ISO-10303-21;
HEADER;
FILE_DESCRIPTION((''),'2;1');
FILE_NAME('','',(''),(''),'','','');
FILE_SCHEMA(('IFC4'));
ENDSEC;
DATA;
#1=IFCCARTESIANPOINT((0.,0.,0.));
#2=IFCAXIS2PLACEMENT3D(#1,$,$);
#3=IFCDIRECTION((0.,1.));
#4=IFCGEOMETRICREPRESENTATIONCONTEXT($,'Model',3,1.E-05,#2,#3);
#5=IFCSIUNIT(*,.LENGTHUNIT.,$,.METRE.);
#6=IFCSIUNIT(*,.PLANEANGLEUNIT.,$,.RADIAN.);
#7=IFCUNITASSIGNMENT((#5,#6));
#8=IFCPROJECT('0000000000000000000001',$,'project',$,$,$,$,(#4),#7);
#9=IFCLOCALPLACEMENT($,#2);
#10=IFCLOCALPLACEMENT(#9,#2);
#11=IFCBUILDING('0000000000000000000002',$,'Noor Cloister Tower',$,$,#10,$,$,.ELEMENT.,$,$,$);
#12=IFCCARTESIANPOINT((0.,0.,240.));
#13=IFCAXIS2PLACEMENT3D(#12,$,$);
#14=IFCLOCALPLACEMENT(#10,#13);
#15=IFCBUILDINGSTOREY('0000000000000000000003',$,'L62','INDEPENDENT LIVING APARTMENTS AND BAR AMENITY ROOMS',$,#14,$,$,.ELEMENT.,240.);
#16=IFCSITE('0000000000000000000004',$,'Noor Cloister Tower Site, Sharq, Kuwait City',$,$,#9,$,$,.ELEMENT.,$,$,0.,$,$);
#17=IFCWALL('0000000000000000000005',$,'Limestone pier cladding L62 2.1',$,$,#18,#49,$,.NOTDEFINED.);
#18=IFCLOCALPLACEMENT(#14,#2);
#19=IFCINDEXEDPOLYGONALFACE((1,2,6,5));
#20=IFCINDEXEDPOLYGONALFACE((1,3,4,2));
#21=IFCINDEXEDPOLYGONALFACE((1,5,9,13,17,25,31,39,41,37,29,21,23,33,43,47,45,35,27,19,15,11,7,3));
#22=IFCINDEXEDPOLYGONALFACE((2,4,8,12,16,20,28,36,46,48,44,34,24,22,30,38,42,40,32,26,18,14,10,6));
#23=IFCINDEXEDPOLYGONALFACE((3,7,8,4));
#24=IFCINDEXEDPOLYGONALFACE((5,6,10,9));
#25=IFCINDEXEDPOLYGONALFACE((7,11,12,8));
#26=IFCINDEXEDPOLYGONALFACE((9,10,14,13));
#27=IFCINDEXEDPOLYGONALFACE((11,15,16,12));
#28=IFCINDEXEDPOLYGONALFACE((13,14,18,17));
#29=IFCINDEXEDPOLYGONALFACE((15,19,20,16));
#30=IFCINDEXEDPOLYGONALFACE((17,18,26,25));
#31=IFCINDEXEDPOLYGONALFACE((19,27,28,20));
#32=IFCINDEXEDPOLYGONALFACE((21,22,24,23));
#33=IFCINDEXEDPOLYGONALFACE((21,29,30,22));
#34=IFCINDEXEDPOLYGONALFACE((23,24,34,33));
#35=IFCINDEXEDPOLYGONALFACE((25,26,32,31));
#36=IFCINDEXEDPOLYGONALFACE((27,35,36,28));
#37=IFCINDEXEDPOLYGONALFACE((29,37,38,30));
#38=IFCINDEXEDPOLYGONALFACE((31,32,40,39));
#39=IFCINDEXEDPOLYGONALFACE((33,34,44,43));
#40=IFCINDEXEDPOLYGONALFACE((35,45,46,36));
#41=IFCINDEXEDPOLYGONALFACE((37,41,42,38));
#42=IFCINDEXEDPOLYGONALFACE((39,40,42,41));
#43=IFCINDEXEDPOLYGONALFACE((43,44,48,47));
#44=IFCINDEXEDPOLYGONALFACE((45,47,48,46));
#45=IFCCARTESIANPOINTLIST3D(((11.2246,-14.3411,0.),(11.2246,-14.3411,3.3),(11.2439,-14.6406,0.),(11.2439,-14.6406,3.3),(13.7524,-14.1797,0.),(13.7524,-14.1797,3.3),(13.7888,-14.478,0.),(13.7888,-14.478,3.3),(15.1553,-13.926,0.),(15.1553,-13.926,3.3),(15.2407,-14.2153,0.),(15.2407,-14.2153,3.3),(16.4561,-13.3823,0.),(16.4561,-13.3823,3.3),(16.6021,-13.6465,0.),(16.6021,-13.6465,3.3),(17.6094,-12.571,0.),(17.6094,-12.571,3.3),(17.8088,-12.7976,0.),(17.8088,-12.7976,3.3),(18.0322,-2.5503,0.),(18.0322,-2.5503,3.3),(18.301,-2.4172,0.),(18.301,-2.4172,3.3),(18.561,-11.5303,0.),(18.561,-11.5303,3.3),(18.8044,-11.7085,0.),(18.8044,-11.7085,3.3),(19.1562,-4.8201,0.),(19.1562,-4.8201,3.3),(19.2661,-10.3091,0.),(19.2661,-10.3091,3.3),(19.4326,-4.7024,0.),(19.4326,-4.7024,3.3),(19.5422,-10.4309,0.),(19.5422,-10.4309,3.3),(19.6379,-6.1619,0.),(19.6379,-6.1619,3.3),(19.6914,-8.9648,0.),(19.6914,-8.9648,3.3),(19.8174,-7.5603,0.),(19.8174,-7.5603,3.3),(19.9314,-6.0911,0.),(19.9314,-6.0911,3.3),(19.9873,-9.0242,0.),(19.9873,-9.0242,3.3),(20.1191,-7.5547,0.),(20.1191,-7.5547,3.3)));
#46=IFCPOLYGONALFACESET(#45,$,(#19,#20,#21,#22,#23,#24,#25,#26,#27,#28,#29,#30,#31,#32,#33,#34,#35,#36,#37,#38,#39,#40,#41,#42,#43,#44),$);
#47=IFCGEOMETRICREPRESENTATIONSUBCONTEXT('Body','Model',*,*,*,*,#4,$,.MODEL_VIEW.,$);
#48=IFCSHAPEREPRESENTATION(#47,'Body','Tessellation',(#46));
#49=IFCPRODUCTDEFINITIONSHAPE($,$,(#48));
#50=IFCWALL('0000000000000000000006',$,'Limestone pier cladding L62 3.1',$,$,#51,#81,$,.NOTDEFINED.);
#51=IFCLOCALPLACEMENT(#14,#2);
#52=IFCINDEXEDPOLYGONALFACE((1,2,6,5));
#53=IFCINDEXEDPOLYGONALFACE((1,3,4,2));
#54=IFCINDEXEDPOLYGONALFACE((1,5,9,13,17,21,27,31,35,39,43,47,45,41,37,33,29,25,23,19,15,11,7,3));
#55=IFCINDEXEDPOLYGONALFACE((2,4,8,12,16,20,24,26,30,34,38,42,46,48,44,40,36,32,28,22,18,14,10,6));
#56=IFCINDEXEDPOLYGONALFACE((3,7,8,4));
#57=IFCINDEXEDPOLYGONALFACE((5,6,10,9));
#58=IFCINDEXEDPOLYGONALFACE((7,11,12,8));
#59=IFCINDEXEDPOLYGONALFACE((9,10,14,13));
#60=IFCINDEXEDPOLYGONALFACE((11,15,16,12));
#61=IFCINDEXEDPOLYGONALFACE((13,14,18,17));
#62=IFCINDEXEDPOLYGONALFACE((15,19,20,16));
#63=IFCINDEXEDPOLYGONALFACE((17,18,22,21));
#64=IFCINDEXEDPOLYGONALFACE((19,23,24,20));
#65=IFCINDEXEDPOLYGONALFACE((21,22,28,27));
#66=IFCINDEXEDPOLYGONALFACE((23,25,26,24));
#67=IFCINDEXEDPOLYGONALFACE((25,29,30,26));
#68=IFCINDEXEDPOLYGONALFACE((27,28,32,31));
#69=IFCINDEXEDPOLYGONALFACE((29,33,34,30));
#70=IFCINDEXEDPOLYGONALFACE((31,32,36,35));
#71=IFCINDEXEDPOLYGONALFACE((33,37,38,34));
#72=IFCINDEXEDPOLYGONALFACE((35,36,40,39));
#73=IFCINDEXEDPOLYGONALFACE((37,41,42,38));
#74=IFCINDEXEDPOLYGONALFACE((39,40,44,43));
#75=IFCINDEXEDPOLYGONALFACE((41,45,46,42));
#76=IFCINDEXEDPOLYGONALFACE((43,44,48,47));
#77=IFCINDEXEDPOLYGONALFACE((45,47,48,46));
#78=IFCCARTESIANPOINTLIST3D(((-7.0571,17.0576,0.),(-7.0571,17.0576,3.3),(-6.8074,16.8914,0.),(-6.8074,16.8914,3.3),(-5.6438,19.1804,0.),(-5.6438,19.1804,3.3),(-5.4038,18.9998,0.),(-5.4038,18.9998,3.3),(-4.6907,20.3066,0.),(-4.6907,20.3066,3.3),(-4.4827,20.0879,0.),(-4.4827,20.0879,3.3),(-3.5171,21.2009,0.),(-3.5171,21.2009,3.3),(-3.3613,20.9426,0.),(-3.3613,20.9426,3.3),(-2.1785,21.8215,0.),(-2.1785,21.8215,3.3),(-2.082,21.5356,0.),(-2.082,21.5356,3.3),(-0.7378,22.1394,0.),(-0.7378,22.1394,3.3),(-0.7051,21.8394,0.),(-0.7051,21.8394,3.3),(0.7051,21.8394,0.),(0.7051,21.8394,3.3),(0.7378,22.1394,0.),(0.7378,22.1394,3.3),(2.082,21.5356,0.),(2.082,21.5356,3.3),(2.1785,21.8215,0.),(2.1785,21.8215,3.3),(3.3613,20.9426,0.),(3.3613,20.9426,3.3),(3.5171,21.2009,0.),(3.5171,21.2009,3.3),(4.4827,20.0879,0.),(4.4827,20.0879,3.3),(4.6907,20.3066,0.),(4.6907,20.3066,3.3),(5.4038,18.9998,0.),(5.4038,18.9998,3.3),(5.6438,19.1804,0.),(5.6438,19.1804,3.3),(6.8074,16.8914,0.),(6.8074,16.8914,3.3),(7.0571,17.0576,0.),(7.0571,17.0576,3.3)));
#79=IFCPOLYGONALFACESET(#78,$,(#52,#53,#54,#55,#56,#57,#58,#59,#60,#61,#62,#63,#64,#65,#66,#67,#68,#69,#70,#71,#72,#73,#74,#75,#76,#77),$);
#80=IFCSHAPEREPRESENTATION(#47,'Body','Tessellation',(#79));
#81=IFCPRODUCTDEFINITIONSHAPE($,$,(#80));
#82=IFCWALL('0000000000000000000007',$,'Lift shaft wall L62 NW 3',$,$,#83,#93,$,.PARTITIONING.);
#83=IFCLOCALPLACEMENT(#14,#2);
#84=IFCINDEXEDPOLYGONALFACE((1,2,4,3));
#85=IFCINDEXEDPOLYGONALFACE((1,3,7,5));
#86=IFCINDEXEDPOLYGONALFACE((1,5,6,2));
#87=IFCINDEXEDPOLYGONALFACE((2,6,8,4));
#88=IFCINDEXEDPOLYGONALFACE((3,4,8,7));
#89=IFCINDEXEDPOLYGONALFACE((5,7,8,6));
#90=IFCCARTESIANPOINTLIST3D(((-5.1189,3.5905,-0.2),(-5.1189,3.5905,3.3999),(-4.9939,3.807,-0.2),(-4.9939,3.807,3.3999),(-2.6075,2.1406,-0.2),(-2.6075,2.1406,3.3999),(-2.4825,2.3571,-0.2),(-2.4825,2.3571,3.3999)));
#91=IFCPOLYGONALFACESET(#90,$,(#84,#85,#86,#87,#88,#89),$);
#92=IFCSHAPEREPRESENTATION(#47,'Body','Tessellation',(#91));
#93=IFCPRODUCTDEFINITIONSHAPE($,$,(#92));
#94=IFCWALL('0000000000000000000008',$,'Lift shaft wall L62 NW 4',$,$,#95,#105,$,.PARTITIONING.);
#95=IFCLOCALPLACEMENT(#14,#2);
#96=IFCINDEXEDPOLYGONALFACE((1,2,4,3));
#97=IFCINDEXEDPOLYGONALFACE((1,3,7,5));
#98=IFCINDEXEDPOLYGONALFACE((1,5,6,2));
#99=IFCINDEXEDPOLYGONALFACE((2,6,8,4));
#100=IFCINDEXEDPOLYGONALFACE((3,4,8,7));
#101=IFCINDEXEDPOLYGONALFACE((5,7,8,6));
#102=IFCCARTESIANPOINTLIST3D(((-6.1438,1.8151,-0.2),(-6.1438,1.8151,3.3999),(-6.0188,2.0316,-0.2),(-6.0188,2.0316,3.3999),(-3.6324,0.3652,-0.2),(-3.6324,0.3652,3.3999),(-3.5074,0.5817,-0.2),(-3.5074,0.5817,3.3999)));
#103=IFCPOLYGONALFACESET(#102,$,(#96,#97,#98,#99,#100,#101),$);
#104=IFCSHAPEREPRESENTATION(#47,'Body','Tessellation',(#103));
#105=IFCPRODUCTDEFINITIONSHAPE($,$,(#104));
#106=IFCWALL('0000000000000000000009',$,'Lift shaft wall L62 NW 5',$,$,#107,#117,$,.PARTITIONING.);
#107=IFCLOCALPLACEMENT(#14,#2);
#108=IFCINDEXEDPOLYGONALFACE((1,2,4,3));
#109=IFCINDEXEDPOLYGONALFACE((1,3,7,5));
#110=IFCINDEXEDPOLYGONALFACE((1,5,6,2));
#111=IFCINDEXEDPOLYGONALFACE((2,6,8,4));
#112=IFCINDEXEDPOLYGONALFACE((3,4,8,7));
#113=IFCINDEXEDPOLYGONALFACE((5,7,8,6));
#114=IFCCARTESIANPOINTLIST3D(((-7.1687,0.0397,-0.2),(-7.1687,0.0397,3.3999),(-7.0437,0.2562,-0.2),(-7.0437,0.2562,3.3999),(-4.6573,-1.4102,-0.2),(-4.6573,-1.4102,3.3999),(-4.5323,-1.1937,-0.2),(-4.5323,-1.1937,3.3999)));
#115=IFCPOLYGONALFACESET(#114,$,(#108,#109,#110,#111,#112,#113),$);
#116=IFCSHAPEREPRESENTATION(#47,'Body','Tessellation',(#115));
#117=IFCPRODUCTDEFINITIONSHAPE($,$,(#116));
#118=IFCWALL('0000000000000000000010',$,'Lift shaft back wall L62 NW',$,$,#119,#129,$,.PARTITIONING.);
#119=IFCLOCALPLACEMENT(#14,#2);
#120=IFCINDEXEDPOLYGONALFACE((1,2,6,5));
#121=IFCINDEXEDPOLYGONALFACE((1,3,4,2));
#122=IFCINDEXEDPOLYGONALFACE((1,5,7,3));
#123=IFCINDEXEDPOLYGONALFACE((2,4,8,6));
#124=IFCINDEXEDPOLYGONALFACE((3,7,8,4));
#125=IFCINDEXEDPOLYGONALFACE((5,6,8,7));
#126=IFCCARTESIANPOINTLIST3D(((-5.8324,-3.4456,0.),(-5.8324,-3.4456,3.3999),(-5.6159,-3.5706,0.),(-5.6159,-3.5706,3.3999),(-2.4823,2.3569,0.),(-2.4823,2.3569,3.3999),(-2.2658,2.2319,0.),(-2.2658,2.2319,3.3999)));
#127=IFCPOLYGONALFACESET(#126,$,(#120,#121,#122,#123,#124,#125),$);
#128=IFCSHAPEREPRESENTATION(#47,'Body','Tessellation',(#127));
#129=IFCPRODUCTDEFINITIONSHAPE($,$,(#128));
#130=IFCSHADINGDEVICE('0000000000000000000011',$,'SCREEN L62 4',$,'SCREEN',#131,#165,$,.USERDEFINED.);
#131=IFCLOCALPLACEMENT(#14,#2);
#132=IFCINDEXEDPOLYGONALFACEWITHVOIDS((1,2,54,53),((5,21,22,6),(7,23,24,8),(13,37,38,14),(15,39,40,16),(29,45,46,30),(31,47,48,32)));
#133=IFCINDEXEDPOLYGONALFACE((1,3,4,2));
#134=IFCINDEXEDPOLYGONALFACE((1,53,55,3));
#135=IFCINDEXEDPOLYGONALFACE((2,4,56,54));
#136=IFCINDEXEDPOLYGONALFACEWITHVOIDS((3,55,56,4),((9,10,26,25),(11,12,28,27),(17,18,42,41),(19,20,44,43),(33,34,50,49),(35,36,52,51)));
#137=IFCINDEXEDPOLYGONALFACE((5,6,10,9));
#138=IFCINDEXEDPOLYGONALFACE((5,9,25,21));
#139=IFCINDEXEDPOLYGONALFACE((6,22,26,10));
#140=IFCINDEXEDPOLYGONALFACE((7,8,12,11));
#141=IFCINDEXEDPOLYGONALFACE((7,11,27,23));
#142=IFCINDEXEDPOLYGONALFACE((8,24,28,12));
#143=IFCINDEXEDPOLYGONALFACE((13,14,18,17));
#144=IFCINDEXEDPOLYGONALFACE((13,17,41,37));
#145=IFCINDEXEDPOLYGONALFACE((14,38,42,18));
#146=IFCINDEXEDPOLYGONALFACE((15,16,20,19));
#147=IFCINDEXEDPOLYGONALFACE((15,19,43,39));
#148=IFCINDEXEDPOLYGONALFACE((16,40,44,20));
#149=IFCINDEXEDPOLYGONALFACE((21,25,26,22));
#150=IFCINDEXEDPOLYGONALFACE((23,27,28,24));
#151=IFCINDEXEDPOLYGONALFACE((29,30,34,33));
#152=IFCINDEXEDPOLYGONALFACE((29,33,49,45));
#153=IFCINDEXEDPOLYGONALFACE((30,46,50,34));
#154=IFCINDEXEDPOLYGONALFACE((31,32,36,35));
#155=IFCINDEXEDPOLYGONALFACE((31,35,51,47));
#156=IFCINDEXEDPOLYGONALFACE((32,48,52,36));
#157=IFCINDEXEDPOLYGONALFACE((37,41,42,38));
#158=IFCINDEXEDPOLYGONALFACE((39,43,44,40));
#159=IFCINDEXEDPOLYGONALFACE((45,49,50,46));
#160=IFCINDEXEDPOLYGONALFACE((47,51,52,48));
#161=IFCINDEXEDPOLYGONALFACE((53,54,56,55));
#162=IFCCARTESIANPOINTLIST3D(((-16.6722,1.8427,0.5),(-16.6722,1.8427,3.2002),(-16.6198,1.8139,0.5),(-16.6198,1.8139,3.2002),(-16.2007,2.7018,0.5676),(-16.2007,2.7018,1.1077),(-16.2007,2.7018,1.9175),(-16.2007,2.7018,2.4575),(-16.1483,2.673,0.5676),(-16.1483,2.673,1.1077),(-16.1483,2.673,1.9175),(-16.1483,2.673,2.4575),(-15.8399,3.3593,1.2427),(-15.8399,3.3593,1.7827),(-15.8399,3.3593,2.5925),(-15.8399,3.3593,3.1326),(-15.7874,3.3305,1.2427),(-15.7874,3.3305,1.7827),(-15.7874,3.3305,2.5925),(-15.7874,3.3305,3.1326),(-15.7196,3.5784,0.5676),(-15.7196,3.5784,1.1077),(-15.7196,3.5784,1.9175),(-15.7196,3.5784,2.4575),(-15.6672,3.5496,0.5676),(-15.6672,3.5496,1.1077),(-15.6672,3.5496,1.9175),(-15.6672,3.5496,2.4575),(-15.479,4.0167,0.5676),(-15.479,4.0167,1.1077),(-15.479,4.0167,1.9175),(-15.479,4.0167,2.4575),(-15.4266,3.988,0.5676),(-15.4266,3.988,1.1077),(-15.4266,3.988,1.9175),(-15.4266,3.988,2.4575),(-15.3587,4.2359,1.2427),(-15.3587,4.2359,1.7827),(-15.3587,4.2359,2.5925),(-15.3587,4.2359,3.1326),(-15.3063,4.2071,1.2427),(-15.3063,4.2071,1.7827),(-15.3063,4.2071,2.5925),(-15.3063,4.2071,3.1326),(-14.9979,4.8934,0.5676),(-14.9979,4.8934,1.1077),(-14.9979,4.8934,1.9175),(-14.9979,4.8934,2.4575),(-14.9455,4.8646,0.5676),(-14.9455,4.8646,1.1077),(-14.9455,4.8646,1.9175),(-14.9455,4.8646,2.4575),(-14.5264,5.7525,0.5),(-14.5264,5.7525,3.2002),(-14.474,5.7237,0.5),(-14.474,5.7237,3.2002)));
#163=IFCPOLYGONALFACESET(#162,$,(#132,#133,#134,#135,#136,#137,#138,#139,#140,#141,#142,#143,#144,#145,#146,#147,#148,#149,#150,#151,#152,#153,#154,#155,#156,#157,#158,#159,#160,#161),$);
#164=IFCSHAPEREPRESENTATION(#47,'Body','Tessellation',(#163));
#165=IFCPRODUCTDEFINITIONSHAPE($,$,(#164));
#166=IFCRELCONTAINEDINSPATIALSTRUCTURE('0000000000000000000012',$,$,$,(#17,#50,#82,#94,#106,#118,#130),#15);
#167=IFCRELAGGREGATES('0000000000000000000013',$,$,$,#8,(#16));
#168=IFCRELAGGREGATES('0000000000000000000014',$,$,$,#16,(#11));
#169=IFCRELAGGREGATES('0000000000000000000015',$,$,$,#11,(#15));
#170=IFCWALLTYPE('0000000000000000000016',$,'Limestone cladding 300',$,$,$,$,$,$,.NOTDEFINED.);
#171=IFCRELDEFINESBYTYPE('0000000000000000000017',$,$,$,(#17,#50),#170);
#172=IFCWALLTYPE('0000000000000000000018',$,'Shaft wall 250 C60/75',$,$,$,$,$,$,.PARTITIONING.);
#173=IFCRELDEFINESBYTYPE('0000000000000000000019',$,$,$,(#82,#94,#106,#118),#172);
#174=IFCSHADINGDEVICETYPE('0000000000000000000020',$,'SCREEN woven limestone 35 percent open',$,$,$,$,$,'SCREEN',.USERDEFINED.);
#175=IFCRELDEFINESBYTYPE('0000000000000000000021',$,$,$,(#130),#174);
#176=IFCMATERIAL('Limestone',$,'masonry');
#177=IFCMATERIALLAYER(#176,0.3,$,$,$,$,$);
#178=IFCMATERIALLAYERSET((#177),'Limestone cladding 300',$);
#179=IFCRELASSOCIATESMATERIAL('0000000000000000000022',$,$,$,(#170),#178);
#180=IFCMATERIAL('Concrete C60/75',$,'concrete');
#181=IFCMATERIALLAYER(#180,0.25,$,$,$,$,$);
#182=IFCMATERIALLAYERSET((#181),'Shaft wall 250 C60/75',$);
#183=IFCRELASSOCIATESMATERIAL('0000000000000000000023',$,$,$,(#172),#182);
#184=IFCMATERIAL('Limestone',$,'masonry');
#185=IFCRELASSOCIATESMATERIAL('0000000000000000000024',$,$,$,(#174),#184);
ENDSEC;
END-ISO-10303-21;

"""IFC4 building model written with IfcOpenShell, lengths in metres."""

from ifc_helpers import new_model, si_unit, direction, frame, frame_2d, origin, place, context, subcontext, project, spatial, polyline, rectangle, outline, extrude, material, layer, layer_set, material_profile, profile_set, type_object, element, save


model = new_model("IFC4")

# Units and contexts
model_context = context("Model", 3, precision=1e-05, world=origin(), true_north=direction((0.0, 1.0)))
body_context = subcontext(model_context, "Body", "Model", "MODEL_VIEW")
ifc_project = project(units=[si_unit("LENGTHUNIT", "METRE"), si_unit("PLANEANGLEUNIT", "RADIAN")], contexts=[model_context])

# Site, building, storey
site_placement = place(None, origin())
site = spatial("IfcSite", under=ifc_project, at=site_placement, Name="Noor Cloister Tower Site, Sharq, Kuwait City", CompositionType="ELEMENT", RefElevation=0.0)
building_placement = place(site_placement, origin())
building = spatial("IfcBuilding", under=site, at=building_placement, Name="Noor Cloister Tower", CompositionType="ELEMENT")
storey_placement = place(building_placement, frame((0.0, 0.0, 240.0)))
storey = spatial("IfcBuildingStorey", under=building, at=storey_placement, Name="L62", Description="INDEPENDENT LIVING APARTMENTS AND BAR AMENITY ROOMS", CompositionType="ELEMENT", Elevation=240.0)

# Walls
ifc_material_1 = material(Name="Limestone", Category="masonry")
ifc_layer_1 = layer(ifc_material_1, 0.3)
ifc_layer_set_1 = layer_set([ifc_layer_1], Name="Limestone cladding 300")
wall_type_1 = type_object("IfcWallType", Name="Limestone cladding 300", PredefinedType="NOTDEFINED", material=ifc_layer_set_1)
wall_1_placement = place(storey_placement, origin())
element("IfcWall", 1, at=wall_1_placement, inside=storey, type_object=wall_type_1, Name="Limestone pier cladding L62 2.1", PredefinedType="NOTDEFINED", context=body_context, shape_type="SweptSolid", body=[
    extrude(outline(polyline([(11.2439, -14.6406), (13.7888, -14.478), (15.2407, -14.2153), (16.6021, -13.6465), (17.8088, -12.7976), (18.8044, -11.7085), (19.5422, -10.4309), (19.9873, -9.0242), (20.1191, -7.5547), (19.9314, -6.0911), (19.4326, -4.7024), (18.301, -2.4172), (18.0322, -2.5503), (19.1562, -4.8201), (19.6379, -6.1619), (19.8174, -7.5603), (19.6914, -8.9648), (19.2661, -10.3091), (18.561, -11.5303), (17.6094, -12.571), (16.4561, -13.3823), (15.1553, -13.926), (13.7524, -14.1797), (11.2246, -14.3411), (11.2439, -14.6406)])), origin(), (0.0, 0.0, 1.0), 3.3),
])
wall_2_placement = place(storey_placement, origin())
element("IfcWall", 2, at=wall_2_placement, inside=storey, type_object=wall_type_1, Name="Limestone pier cladding L62 3.1", PredefinedType="NOTDEFINED", context=body_context, shape_type="SweptSolid", body=[
    extrude(outline(polyline([(7.0571, 17.0576), (5.6438, 19.1804), (4.6907, 20.3066), (3.5171, 21.2009), (2.1785, 21.8215), (0.7378, 22.1394), (-0.7378, 22.1394), (-2.1785, 21.8215), (-3.5171, 21.2009), (-4.6907, 20.3066), (-5.6438, 19.1804), (-7.0571, 17.0576), (-6.8074, 16.8914), (-5.4038, 18.9998), (-4.4827, 20.0879), (-3.3613, 20.9426), (-2.082, 21.5356), (-0.7051, 21.8394), (0.7051, 21.8394), (2.082, 21.5356), (3.3613, 20.9426), (4.4827, 20.0879), (5.4038, 18.9998), (6.8074, 16.8914), (7.0571, 17.0576)])), origin(), (0.0, 0.0, 1.0), 3.3),
])
ifc_material_2 = material(Name="Concrete C60/75", Category="concrete")
ifc_layer_2 = layer(ifc_material_2, 0.25)
ifc_layer_set_2 = layer_set([ifc_layer_2], Name="Shaft wall 250 C60/75")
wall_type_2 = type_object("IfcWallType", Name="Shaft wall 250 C60/75", PredefinedType="PARTITIONING", material=ifc_layer_set_2)
for number, where, z_axis, x_axis, name in (
    (3, (-5.0564, 3.6987, -0.2), (0.0, 0.0, 1.0), (0.866033, -0.499987, 0.0), "Lift shaft wall L62 NW 3"),
    (4, (-6.0813, 1.9233, -0.2), (0.0, 0.0, 1.0), (0.866033, -0.499987, 0.0), "Lift shaft wall L62 NW 4"),
    (5, (-7.1062, 0.1479, -0.2), (0.0, 0.0, 1.0), (0.866033, -0.499987, 0.0), "Lift shaft wall L62 NW 5"),
):
    element("IfcWall", number, at=place(storey_placement, frame(where, z_axis=z_axis, x_axis=x_axis)), inside=storey, type_object=wall_type_2, Name=name, PredefinedType="PARTITIONING", context=body_context, shape_type="SweptSolid", body=[
        extrude(rectangle(XDim=2.8999, YDim=0.25, at=frame_2d((1.45, 0.0))), origin(), (0.0, 0.0, 1.0), 3.5999),
    ])
wall_3_placement = place(storey_placement, frame((-2.374, 2.2944, 0.0), z_axis=(0.0, 0.0, 1.0), x_axis=(-0.500003, -0.866024, 0.0)))
element("IfcWall", 6, at=wall_3_placement, inside=storey, type_object=wall_type_2, Name="Lift shaft back wall L62 NW", PredefinedType="PARTITIONING", context=body_context, shape_type="SweptSolid", body=[
    extrude(rectangle(XDim=6.7002, YDim=0.25, at=frame_2d((3.3501, 0.0))), origin(), (0.0, 0.0, 1.0), 3.3999),
])

# Shading device
ifc_material_3 = material(Name="Limestone", Category="masonry")
ifc_material_profile_1 = material_profile(ifc_material_3, outline(polyline([(-2.23, -1.3501), (2.23, -1.3501), (2.23, 1.3501), (-2.23, 1.3501), (-2.23, -1.3501)]), holes=[polyline([(-1.25, -1.2825), (-0.25, -1.2825), (-0.25, -0.7424), (-1.25, -0.7424), (-1.25, -1.2825)]), polyline([(0.25, -1.2825), (1.25, -1.2825), (1.25, -0.7424), (0.25, -0.7424), (0.25, -1.2825)]), polyline([(-0.5, -0.6074), (0.5, -0.6074), (0.5, -0.0674), (-0.5, -0.0674), (-0.5, -0.6074)]), polyline([(-1.25, 0.0674), (-0.25, 0.0674), (-0.25, 0.6074), (-1.25, 0.6074), (-1.25, 0.0674)]), polyline([(0.25, 0.0674), (1.25, 0.0674), (1.25, 0.6074), (0.25, 0.6074), (0.25, 0.0674)]), polyline([(-0.5, 0.7424), (0.5, 0.7424), (0.5, 1.2825), (-0.5, 1.2825), (-0.5, 0.7424)])]), Name="Woven screen 35 percent open")
ifc_profile_set_1 = profile_set([ifc_material_profile_1], Name="Limestone")
shading_device_type_1 = type_object("IfcShadingDeviceType", Name="SCREEN woven limestone 35 percent open", ElementType="SCREEN", PredefinedType="USERDEFINED", material=ifc_profile_set_1)
shading_device_1_placement = place(storey_placement, frame((-15.5469, 3.7688, 1.8501), z_axis=(-0.876646, 0.481136, 0.0), x_axis=(-0.481136, -0.876646, 0.0)))
element("IfcShadingDevice", 7, at=shading_device_1_placement, inside=storey, type_object=shading_device_type_1, Name="SCREEN L62 4", ObjectType="SCREEN", PredefinedType="USERDEFINED", context=body_context, shape_type="SweptSolid", body=[
    extrude(outline(polyline([(-2.23, -1.3501), (2.23, -1.3501), (2.23, 1.3501), (-2.23, 1.3501), (-2.23, -1.3501)]), holes=[polyline([(-1.25, -1.2825), (-0.25, -1.2825), (-0.25, -0.7424), (-1.25, -0.7424), (-1.25, -1.2825)]), polyline([(0.25, -1.2825), (1.25, -1.2825), (1.25, -0.7424), (0.25, -0.7424), (0.25, -1.2825)]), polyline([(-0.5, -0.6074), (0.5, -0.6074), (0.5, -0.0674), (-0.5, -0.0674), (-0.5, -0.6074)]), polyline([(-1.25, 0.0674), (-0.25, 0.0674), (-0.25, 0.6074), (-1.25, 0.6074), (-1.25, 0.0674)]), polyline([(0.25, 0.0674), (1.25, 0.0674), (1.25, 0.6074), (0.25, 0.6074), (0.25, 0.0674)]), polyline([(-0.5, 0.7424), (0.5, 0.7424), (0.5, 1.2825), (-0.5, 1.2825), (-0.5, 0.7424)])]), origin(), (0.0, 0.0, 1.0), 0.0598),
])

save(model, "model.ifc")
